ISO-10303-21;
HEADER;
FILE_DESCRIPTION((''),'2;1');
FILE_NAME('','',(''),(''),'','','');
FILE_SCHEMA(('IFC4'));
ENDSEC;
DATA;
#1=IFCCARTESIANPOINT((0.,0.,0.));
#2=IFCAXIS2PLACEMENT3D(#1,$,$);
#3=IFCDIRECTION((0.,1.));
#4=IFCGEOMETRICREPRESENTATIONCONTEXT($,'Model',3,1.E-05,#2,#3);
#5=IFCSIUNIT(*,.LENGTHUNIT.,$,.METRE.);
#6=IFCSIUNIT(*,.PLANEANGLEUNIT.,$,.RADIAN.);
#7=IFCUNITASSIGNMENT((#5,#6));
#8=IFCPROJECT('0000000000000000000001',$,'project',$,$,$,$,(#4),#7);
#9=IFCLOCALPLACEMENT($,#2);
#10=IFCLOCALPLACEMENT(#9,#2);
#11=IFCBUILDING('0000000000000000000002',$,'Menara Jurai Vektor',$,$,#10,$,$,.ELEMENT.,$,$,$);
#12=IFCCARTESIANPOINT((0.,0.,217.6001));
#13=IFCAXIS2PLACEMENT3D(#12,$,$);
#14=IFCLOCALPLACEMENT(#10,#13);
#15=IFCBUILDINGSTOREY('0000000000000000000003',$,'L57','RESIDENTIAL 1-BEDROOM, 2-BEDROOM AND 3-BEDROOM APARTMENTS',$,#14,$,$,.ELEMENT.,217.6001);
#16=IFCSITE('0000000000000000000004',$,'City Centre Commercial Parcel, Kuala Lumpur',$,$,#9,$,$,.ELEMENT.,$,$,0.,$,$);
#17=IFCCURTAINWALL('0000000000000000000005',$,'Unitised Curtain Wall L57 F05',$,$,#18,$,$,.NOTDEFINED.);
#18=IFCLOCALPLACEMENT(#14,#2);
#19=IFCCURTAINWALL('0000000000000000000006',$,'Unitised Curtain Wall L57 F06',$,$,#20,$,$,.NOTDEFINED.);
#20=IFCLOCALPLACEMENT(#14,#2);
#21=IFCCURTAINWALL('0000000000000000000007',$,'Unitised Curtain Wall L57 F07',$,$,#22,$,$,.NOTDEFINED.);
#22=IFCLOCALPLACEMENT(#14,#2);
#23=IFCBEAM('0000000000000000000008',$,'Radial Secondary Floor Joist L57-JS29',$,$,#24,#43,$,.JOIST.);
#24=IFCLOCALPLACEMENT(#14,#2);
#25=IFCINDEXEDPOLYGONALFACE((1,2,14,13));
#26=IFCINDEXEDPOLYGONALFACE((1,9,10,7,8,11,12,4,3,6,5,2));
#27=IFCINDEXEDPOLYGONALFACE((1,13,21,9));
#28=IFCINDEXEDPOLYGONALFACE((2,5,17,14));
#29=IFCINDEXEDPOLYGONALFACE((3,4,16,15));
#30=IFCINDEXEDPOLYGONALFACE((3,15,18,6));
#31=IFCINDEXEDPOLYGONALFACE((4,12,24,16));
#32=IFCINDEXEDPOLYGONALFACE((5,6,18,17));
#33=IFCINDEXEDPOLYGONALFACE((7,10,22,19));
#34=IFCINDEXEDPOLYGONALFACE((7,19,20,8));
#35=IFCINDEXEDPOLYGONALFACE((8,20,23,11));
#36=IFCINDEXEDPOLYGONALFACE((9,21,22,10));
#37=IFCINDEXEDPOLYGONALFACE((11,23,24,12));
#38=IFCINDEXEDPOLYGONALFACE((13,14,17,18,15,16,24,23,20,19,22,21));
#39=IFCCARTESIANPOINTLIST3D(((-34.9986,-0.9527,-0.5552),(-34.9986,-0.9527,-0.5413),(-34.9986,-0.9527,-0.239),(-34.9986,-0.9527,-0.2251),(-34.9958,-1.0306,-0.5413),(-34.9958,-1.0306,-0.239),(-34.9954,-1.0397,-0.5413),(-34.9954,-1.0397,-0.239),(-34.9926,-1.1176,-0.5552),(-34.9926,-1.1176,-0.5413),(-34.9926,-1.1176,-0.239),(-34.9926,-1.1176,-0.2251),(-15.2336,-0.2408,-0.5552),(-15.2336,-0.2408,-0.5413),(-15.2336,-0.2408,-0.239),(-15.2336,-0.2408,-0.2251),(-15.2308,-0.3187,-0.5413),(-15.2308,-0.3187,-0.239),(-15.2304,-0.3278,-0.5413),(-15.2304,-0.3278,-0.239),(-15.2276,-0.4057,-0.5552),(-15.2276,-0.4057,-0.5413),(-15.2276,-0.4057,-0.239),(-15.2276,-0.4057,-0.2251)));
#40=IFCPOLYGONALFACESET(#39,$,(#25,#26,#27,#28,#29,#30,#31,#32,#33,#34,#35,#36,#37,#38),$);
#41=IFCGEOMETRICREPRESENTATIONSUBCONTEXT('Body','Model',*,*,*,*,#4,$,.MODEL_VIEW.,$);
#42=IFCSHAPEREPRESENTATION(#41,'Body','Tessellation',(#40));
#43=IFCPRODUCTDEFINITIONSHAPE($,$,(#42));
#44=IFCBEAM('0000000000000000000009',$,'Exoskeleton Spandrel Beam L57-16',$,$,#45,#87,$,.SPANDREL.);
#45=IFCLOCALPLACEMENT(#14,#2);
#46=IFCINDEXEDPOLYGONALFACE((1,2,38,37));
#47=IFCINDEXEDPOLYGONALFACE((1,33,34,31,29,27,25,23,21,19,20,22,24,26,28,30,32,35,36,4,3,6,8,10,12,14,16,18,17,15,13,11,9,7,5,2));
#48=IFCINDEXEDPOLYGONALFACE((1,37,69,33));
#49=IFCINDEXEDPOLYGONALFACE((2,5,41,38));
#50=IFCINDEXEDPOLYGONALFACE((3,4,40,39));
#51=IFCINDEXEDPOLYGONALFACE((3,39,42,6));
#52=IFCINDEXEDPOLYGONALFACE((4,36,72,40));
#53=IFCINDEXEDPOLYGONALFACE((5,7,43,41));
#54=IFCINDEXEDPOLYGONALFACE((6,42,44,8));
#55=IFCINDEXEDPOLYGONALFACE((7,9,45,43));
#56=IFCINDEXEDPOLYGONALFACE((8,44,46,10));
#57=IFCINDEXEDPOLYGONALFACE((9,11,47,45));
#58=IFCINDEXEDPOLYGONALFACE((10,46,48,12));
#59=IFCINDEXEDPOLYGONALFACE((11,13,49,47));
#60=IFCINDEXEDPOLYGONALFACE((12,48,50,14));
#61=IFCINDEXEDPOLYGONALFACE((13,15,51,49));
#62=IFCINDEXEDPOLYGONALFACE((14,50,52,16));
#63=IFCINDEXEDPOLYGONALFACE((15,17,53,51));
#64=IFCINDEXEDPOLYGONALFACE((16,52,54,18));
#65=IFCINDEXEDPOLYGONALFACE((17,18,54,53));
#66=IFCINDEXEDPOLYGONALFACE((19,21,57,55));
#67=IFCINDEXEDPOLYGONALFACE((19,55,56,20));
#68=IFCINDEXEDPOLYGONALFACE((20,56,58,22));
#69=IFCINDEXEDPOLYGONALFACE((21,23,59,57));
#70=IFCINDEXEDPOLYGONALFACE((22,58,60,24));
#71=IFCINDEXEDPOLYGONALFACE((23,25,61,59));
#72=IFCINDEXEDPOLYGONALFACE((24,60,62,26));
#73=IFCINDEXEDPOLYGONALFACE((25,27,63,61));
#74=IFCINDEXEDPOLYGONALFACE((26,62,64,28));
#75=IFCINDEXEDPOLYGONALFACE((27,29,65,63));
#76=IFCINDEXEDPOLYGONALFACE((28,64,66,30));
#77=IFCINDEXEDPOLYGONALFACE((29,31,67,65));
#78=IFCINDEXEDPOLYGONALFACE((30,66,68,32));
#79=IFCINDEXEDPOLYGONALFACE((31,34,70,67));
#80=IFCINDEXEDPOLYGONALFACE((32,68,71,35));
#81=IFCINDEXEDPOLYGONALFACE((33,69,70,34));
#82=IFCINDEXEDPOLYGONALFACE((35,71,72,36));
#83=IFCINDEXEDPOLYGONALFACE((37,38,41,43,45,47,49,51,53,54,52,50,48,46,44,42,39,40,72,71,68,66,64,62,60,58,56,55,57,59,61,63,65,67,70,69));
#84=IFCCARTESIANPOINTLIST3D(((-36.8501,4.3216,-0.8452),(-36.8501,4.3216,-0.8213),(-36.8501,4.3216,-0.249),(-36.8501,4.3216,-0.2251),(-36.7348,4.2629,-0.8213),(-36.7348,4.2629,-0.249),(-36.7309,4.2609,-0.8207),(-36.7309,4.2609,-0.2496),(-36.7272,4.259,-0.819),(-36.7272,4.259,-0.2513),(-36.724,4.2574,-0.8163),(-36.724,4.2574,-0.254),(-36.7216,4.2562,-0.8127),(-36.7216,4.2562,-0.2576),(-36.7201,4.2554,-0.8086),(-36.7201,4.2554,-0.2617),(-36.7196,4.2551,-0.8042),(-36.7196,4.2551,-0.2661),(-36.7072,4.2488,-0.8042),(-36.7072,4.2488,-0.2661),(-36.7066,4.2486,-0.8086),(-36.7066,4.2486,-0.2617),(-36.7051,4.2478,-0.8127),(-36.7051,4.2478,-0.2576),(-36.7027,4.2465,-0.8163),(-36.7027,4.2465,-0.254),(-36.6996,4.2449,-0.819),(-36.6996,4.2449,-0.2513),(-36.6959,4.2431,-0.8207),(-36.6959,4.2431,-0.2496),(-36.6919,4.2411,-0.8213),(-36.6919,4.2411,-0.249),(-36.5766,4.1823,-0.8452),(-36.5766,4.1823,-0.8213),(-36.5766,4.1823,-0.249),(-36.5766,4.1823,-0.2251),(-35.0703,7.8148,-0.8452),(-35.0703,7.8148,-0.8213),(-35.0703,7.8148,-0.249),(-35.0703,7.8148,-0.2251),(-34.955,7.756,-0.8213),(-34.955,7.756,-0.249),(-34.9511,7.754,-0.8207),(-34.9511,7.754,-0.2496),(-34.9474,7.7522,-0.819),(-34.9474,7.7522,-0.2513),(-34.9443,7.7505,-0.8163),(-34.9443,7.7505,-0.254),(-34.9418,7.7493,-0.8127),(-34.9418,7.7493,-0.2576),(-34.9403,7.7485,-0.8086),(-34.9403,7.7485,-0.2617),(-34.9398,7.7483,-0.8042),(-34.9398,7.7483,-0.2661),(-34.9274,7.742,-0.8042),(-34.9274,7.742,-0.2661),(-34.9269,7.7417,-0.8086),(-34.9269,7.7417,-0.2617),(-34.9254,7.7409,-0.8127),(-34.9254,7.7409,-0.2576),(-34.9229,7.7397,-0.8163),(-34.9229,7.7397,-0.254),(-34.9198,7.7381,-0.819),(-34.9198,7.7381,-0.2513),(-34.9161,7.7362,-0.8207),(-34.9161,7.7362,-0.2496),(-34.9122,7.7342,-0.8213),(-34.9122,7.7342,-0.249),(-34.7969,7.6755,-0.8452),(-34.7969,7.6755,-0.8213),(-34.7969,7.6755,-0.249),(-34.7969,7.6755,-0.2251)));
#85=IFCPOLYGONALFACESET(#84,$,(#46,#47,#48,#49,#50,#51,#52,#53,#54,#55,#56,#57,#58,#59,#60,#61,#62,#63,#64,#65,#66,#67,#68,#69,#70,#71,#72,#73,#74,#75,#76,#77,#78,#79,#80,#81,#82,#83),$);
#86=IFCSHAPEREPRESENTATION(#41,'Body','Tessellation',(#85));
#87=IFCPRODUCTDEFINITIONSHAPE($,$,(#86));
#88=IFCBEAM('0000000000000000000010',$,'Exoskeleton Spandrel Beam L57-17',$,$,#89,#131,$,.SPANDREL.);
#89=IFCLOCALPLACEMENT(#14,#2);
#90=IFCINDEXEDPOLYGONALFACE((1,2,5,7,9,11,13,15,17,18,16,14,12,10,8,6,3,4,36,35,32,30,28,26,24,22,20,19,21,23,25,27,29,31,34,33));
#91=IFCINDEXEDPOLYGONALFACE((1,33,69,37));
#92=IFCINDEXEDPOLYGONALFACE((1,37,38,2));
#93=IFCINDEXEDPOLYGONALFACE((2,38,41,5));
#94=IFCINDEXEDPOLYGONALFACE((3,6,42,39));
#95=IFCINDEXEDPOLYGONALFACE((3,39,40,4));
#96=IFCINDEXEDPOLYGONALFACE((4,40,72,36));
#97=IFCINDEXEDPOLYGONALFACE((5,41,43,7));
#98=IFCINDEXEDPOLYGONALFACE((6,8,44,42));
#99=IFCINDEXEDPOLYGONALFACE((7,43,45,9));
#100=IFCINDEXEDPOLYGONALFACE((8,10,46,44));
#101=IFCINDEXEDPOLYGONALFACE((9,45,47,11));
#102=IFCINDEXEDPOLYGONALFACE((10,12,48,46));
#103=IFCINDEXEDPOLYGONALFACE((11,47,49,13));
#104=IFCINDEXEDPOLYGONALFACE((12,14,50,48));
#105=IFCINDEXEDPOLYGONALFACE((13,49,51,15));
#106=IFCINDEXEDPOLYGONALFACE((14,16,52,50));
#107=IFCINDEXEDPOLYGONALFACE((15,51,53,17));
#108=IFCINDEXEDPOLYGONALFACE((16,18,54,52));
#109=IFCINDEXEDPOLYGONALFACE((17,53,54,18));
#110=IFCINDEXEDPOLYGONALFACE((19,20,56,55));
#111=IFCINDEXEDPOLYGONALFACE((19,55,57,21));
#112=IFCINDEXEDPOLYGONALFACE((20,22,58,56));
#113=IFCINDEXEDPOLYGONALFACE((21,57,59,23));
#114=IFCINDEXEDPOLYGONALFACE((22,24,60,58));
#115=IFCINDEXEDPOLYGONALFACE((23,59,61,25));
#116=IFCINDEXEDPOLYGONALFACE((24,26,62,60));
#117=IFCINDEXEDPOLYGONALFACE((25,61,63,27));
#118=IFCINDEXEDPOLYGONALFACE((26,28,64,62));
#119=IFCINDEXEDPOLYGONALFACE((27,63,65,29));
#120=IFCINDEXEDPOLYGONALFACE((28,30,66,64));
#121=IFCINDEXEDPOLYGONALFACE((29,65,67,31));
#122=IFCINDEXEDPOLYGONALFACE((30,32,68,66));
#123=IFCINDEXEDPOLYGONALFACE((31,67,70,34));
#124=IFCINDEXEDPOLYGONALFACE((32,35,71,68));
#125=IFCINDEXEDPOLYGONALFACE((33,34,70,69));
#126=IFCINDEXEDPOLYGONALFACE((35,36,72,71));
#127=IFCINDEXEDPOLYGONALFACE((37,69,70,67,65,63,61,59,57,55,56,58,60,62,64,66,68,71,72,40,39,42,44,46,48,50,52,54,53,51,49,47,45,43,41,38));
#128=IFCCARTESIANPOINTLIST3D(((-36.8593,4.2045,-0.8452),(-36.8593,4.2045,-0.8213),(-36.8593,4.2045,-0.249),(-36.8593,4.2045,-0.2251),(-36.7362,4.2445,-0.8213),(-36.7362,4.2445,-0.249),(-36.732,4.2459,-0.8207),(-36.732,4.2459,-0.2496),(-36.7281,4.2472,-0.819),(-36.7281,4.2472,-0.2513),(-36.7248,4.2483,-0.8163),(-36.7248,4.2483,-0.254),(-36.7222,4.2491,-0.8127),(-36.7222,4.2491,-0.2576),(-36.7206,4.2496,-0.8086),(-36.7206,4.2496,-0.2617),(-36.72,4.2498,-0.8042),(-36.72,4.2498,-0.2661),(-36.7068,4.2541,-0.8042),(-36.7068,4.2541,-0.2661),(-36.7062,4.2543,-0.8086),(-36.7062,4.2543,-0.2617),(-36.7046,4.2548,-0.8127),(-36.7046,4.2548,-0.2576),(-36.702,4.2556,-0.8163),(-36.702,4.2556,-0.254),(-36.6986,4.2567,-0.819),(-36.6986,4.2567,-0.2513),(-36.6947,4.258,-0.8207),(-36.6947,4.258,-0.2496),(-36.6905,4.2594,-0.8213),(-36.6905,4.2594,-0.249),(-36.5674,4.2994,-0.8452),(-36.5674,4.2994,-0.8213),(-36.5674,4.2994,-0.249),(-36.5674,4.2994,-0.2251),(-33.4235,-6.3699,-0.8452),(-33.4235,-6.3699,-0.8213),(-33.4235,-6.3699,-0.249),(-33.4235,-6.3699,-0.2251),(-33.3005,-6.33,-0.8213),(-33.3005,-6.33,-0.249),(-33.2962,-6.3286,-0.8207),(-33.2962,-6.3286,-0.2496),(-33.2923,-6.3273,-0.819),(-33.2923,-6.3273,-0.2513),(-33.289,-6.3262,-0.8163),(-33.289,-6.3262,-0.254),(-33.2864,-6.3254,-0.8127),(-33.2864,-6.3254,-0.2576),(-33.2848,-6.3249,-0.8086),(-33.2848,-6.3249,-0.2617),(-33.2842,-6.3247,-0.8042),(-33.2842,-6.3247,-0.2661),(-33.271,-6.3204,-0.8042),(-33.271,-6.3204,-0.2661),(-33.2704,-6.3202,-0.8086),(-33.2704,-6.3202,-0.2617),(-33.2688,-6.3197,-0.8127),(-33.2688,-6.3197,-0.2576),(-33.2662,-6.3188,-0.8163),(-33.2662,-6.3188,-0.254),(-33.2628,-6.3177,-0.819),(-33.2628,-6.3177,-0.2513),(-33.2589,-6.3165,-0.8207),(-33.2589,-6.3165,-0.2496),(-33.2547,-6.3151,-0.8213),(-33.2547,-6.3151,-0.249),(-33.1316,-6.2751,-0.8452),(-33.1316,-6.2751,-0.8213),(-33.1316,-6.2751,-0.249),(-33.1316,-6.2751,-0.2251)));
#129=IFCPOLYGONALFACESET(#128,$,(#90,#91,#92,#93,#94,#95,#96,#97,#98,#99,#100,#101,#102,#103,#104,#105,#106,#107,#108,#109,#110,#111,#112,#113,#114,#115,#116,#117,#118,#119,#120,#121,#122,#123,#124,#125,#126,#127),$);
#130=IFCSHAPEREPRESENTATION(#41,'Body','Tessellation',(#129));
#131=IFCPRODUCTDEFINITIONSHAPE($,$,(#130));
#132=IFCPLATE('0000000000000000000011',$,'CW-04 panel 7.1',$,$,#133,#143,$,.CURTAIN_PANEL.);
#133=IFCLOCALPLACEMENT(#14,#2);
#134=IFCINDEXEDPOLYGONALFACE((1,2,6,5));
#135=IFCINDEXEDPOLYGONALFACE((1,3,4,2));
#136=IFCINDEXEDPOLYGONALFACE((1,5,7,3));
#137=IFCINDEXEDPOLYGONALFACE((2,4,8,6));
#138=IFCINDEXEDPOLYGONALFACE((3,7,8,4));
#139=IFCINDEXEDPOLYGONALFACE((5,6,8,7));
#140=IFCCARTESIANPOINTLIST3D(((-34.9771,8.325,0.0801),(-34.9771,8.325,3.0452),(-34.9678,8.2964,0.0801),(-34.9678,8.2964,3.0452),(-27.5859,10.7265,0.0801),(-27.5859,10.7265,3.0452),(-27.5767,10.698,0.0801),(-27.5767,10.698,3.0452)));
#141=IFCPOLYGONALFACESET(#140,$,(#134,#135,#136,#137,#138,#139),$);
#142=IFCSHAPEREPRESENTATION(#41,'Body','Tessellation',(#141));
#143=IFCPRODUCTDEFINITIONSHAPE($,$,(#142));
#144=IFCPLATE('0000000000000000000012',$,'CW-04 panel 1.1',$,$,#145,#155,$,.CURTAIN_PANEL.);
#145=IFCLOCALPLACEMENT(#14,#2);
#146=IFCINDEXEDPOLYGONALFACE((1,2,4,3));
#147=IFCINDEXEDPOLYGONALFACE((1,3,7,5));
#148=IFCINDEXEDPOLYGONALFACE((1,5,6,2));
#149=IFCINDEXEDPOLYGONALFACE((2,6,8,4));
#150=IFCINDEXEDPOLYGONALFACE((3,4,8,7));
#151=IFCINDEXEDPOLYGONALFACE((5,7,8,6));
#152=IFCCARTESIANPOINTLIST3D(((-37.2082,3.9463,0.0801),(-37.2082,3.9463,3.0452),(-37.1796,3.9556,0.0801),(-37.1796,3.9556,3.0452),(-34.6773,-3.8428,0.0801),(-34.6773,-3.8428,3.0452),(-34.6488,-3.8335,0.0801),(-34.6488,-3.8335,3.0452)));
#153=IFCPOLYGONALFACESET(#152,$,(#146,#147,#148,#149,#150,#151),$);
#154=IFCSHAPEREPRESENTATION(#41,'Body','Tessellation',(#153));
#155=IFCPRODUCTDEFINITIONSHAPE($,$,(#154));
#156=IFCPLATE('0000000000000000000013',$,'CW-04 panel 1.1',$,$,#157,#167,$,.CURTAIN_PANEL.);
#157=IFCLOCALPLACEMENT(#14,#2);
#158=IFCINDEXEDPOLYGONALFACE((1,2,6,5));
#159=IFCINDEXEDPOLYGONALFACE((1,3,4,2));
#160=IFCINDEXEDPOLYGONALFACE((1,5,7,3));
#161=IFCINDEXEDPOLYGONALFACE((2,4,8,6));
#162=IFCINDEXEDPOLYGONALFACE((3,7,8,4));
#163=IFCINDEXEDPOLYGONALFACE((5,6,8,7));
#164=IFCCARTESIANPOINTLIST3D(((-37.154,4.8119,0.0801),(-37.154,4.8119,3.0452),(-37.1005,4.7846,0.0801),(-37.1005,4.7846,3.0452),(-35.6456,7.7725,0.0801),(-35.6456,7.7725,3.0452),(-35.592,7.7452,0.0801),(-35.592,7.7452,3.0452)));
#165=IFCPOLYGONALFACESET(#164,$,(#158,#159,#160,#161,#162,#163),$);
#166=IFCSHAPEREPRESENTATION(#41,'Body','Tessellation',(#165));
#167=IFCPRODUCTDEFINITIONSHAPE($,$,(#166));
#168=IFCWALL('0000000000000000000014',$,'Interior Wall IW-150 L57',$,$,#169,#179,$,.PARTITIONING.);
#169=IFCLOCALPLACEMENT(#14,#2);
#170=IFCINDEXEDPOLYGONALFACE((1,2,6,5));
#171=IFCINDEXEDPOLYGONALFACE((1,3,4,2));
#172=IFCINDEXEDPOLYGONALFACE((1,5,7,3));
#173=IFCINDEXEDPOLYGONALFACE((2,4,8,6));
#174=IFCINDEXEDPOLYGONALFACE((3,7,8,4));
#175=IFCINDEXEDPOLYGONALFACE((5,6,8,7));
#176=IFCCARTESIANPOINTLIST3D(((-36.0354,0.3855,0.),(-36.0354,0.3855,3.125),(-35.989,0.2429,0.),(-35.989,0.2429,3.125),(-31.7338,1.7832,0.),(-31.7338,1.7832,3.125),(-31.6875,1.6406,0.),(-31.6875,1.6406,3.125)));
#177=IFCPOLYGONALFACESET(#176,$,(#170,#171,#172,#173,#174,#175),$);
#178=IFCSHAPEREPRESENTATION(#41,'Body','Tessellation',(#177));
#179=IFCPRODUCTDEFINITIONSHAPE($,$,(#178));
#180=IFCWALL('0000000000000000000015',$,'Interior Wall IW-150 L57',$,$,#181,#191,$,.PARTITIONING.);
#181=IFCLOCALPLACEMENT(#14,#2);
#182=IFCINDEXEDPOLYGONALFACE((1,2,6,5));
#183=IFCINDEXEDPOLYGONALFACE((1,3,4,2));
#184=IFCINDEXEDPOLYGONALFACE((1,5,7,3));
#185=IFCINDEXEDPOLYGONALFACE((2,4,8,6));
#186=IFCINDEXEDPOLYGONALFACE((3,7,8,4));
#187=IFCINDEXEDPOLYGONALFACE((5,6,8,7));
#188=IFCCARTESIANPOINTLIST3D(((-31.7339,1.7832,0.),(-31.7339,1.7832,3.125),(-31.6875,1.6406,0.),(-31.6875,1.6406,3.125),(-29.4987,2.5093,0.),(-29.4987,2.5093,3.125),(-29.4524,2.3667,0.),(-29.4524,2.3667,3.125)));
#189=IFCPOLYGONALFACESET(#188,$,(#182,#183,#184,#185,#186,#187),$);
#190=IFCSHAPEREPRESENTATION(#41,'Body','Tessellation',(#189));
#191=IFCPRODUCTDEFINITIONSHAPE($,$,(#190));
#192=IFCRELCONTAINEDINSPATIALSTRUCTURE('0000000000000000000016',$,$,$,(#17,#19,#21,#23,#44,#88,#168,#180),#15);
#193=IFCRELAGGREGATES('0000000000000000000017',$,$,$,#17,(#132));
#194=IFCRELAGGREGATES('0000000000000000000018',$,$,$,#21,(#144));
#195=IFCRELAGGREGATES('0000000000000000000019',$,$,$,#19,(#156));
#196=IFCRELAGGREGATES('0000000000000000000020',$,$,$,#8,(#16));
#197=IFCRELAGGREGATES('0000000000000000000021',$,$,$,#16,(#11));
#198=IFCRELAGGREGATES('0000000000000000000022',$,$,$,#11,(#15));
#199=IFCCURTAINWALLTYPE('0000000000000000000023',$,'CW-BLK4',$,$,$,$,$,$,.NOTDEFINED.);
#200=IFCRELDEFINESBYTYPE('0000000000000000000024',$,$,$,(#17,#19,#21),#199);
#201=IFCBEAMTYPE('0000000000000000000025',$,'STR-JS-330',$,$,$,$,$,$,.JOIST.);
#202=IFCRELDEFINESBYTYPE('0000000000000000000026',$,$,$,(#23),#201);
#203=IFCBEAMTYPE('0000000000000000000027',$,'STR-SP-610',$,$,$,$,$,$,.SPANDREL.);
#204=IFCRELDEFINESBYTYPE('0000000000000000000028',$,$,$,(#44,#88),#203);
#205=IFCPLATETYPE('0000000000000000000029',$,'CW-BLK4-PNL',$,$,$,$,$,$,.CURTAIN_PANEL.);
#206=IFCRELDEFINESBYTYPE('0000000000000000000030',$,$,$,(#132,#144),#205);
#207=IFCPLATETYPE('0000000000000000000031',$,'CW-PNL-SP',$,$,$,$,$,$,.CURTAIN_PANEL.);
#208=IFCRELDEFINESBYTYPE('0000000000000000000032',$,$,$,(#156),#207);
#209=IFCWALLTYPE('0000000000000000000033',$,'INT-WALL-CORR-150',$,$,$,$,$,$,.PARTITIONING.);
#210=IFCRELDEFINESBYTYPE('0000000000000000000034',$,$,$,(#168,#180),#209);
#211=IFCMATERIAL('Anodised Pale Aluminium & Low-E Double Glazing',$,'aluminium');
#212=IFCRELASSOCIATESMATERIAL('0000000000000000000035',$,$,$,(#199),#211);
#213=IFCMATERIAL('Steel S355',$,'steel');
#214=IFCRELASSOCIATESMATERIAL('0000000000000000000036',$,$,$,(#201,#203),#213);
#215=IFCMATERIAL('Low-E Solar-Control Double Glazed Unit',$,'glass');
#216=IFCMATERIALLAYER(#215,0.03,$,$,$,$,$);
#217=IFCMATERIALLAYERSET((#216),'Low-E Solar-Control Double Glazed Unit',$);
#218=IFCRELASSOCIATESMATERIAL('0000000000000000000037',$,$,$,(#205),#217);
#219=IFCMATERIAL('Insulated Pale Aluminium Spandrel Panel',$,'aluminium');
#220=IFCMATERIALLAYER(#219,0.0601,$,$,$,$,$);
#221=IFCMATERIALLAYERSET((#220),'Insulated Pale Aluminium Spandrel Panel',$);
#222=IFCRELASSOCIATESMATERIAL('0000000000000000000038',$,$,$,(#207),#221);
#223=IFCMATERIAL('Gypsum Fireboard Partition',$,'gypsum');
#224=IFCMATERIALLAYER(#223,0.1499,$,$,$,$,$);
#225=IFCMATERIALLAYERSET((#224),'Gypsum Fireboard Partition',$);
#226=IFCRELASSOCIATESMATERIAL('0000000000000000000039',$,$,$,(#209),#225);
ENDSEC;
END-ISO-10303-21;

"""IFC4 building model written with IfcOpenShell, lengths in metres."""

from ifc_helpers import new_model, si_unit, direction, frame, frame_2d, origin, origin_2d, place, context, subcontext, project, spatial, rectangle, i_section, extrude, material, layer, layer_set, material_profile, profile_set, type_object, element, aggregate, save


model = new_model("IFC4")

# Units and contexts
model_context = context("Model", 3, precision=1e-05, world=origin(), true_north=direction((0.0, 1.0)))
body_context = subcontext(model_context, "Body", "Model", "MODEL_VIEW")
ifc_project = project(units=[si_unit("LENGTHUNIT", "METRE"), si_unit("PLANEANGLEUNIT", "RADIAN")], contexts=[model_context])

# Site, building, storey
site_placement = place(None, origin())
site = spatial("IfcSite", under=ifc_project, at=site_placement, Name="City Centre Commercial Parcel, Kuala Lumpur", CompositionType="ELEMENT", RefElevation=0.0)
building_placement = place(site_placement, origin())
building = spatial("IfcBuilding", under=site, at=building_placement, Name="Menara Jurai Vektor", CompositionType="ELEMENT")
storey_placement = place(building_placement, frame((0.0, 0.0, 217.6001)))
storey = spatial("IfcBuildingStorey", under=building, at=storey_placement, Name="L57", Description="RESIDENTIAL 1-BEDROOM, 2-BEDROOM AND 3-BEDROOM APARTMENTS", CompositionType="ELEMENT", Elevation=217.6001)

# Curtain wall
ifc_material_1 = material(Name="Anodised Pale Aluminium & Low-E Double Glazing", Category="aluminium")
curtain_wall_type = type_object("IfcCurtainWallType", Name="CW-BLK4", PredefinedType="NOTDEFINED", material=ifc_material_1)
curtain_wall_1_placement = place(storey_placement, origin())
curtain_wall_1 = element("IfcCurtainWall", 1, at=curtain_wall_1_placement, inside=storey, type_object=curtain_wall_type, Name="Unitised Curtain Wall L57 F05", PredefinedType="NOTDEFINED")

# Curtain wall
curtain_wall_2_placement = place(storey_placement, origin())
curtain_wall_2 = element("IfcCurtainWall", 2, at=curtain_wall_2_placement, inside=storey, type_object=curtain_wall_type, Name="Unitised Curtain Wall L57 F06", PredefinedType="NOTDEFINED")

# Curtain wall
curtain_wall_3_placement = place(storey_placement, origin())
curtain_wall_3 = element("IfcCurtainWall", 3, at=curtain_wall_3_placement, inside=storey, type_object=curtain_wall_type, Name="Unitised Curtain Wall L57 F07", PredefinedType="NOTDEFINED")

# Shared definitions
ifc_material_2 = material(Name="Steel S355", Category="steel")

# Beams
ifc_material_profile_1 = material_profile(ifc_material_2, i_section(OverallWidth=0.165, OverallDepth=0.3301, WebThickness=0.009, FlangeThickness=0.0139, at=origin_2d()), Name="PG 330x165x46")
ifc_profile_set_1 = profile_set([ifc_material_profile_1], Name="Steel S355")
beam_type_1 = type_object("IfcBeamType", Name="STR-JS-330", PredefinedType="JOIST", material=ifc_profile_set_1)
beam_1_placement = place(storey_placement, frame((-34.9956, -1.0352, -0.3901), z_axis=(0.999352, 0.035995, 0.0), x_axis=(-0.035995, 0.999352, 0.0)))
element("IfcBeam", 4, at=beam_1_placement, inside=storey, type_object=beam_type_1, Name="Radial Secondary Floor Joist L57-JS29", PredefinedType="JOIST", context=body_context, shape_type="SweptSolid", body=[
    extrude(i_section(OverallWidth=0.165, OverallDepth=0.3301, WebThickness=0.009, FlangeThickness=0.0139, at=origin_2d()), origin(), (0.0, 0.0, 1.0), 19.7778),
])
ifc_material_profile_2 = material_profile(ifc_material_2, i_section(OverallWidth=0.3069, OverallDepth=0.6201, WebThickness=0.0139, FlangeThickness=0.0239, FilletRadius=0.0171, at=origin_2d()), Name="UKB 610x305x179")
ifc_profile_set_2 = profile_set([ifc_material_profile_2], Name="Steel S355")
beam_type_2 = type_object("IfcBeamType", Name="STR-SP-610", PredefinedType="SPANDREL", material=ifc_profile_set_2)
beam_2_placement = place(storey_placement, frame((-34.9336, 7.7451, -0.5352), z_axis=(-0.453976, -0.891014, 0.0), x_axis=(0.891014, -0.453976, 0.0)))
element("IfcBeam", 5, at=beam_2_placement, inside=storey, type_object=beam_type_2, Name="Exoskeleton Spandrel Beam L57-16", PredefinedType="SPANDREL", context=body_context, shape_type="SweptSolid", body=[
    extrude(i_section(OverallWidth=0.3069, OverallDepth=0.6201, WebThickness=0.0139, FlangeThickness=0.0239, FilletRadius=0.0171, at=origin_2d()), origin(), (0.0, 0.0, 1.0), 3.9204),
])
beam_3_placement = place(storey_placement, frame((-36.7134, 4.252, -0.5352), z_axis=(0.309012, -0.951058, 0.0), x_axis=(0.951058, 0.309012, 0.0)))
element("IfcBeam", 6, at=beam_3_placement, inside=storey, type_object=beam_type_2, Name="Exoskeleton Spandrel Beam L57-17", PredefinedType="SPANDREL", context=body_context, shape_type="SweptSolid", body=[
    extrude(i_section(OverallWidth=0.3069, OverallDepth=0.6201, WebThickness=0.0139, FlangeThickness=0.0239, FilletRadius=0.0171, at=origin_2d()), origin(), (0.0, 0.0, 1.0), 11.1187),
])

# Plates
ifc_material_3 = material(Name="Low-E Solar-Control Double Glazed Unit", Category="glass")
ifc_layer_1 = layer(ifc_material_3, 0.03)
ifc_layer_set_1 = layer_set([ifc_layer_1], Name="Low-E Solar-Control Double Glazed Unit")
plate_type_1 = type_object("IfcPlateType", Name="CW-BLK4-PNL", PredefinedType="CURTAIN_PANEL", material=ifc_layer_set_1)
plate_1_placement = place(storey_placement, frame((-31.2769, 9.5115, 0.0801), z_axis=(0.0, 0.0, 1.0), x_axis=(-0.951056, -0.309017, 0.0)))
plate_1 = element("IfcPlate", 7, at=plate_1_placement, type_object=plate_type_1, Name="CW-04 panel 7.1", PredefinedType="CURTAIN_PANEL", context=body_context, shape_type="SweptSolid", body=[
    extrude(rectangle(XDim=7.7715, YDim=0.03, at=origin_2d()), origin(), (0.0, 0.0, 1.0), 2.9651),
])
aggregate(curtain_wall_1, [plate_1])
plate_2_placement = place(storey_placement, frame((-35.9285, 0.0564, 0.0801), z_axis=(0.0, 0.0, 1.0), x_axis=(0.309016, -0.951057, 0.0)))
plate_2 = element("IfcPlate", 8, at=plate_2_placement, type_object=plate_type_1, Name="CW-04 panel 1.1", PredefinedType="CURTAIN_PANEL", context=body_context, shape_type="SweptSolid", body=[
    extrude(rectangle(XDim=8.1899, YDim=0.03, at=origin_2d()), origin(), (0.0, 0.0, 1.0), 2.9651),
])
aggregate(curtain_wall_3, [plate_2])
ifc_material_4 = material(Name="Insulated Pale Aluminium Spandrel Panel", Category="aluminium")
ifc_layer_2 = layer(ifc_material_4, 0.0601)
ifc_layer_set_2 = layer_set([ifc_layer_2], Name="Insulated Pale Aluminium Spandrel Panel")
plate_type_2 = type_object("IfcPlateType", Name="CW-PNL-SP", PredefinedType="CURTAIN_PANEL", material=ifc_layer_set_2)
plate_3_placement = place(storey_placement, frame((-36.373, 6.2786, 0.0801), z_axis=(0.0, 0.0, 1.0), x_axis=(-0.453989, -0.891008, 0.0)))
plate_3 = element("IfcPlate", 9, at=plate_3_placement, type_object=plate_type_2, Name="CW-04 panel 1.1", PredefinedType="CURTAIN_PANEL", context=body_context, shape_type="SweptSolid", body=[
    extrude(rectangle(XDim=3.3228, YDim=0.0601, at=origin_2d()), origin(), (0.0, 0.0, 1.0), 2.9651),
])
aggregate(curtain_wall_2, [plate_3])

# Walls
ifc_material_5 = material(Name="Gypsum Fireboard Partition", Category="gypsum")
ifc_layer_3 = layer(ifc_material_5, 0.1499)
ifc_layer_set_3 = layer_set([ifc_layer_3], Name="Gypsum Fireboard Partition")
wall_type = type_object("IfcWallType", Name="INT-WALL-CORR-150", PredefinedType="PARTITIONING", material=ifc_layer_set_3)
wall_1_placement = place(storey_placement, frame((-36.0122, 0.3142, 0.0), z_axis=(0.0, 0.0, 1.0), x_axis=(0.951053, 0.309029, 0.0)))
element("IfcWall", 10, at=wall_1_placement, inside=storey, type_object=wall_type, Name="Interior Wall IW-150 L57", PredefinedType="PARTITIONING", context=body_context, shape_type="SweptSolid", body=[
    extrude(rectangle(XDim=4.5229, YDim=0.1499, at=frame_2d((2.2615, 0.0))), origin(), (0.0, 0.0, 1.0), 3.125),
])
wall_2_placement = place(storey_placement, frame((-31.7107, 1.7119, 0.0), z_axis=(0.0, 0.0, 1.0), x_axis=(0.951076, 0.308957, 0.0)))
element("IfcWall", 11, at=wall_2_placement, inside=storey, type_object=wall_type, Name="Interior Wall IW-150 L57", PredefinedType="PARTITIONING", context=body_context, shape_type="SweptSolid", body=[
    extrude(rectangle(XDim=2.3501, YDim=0.1499, at=frame_2d((1.175, 0.0))), origin(), (0.0, 0.0, 1.0), 3.125),
])

save(model, "model.ifc")
